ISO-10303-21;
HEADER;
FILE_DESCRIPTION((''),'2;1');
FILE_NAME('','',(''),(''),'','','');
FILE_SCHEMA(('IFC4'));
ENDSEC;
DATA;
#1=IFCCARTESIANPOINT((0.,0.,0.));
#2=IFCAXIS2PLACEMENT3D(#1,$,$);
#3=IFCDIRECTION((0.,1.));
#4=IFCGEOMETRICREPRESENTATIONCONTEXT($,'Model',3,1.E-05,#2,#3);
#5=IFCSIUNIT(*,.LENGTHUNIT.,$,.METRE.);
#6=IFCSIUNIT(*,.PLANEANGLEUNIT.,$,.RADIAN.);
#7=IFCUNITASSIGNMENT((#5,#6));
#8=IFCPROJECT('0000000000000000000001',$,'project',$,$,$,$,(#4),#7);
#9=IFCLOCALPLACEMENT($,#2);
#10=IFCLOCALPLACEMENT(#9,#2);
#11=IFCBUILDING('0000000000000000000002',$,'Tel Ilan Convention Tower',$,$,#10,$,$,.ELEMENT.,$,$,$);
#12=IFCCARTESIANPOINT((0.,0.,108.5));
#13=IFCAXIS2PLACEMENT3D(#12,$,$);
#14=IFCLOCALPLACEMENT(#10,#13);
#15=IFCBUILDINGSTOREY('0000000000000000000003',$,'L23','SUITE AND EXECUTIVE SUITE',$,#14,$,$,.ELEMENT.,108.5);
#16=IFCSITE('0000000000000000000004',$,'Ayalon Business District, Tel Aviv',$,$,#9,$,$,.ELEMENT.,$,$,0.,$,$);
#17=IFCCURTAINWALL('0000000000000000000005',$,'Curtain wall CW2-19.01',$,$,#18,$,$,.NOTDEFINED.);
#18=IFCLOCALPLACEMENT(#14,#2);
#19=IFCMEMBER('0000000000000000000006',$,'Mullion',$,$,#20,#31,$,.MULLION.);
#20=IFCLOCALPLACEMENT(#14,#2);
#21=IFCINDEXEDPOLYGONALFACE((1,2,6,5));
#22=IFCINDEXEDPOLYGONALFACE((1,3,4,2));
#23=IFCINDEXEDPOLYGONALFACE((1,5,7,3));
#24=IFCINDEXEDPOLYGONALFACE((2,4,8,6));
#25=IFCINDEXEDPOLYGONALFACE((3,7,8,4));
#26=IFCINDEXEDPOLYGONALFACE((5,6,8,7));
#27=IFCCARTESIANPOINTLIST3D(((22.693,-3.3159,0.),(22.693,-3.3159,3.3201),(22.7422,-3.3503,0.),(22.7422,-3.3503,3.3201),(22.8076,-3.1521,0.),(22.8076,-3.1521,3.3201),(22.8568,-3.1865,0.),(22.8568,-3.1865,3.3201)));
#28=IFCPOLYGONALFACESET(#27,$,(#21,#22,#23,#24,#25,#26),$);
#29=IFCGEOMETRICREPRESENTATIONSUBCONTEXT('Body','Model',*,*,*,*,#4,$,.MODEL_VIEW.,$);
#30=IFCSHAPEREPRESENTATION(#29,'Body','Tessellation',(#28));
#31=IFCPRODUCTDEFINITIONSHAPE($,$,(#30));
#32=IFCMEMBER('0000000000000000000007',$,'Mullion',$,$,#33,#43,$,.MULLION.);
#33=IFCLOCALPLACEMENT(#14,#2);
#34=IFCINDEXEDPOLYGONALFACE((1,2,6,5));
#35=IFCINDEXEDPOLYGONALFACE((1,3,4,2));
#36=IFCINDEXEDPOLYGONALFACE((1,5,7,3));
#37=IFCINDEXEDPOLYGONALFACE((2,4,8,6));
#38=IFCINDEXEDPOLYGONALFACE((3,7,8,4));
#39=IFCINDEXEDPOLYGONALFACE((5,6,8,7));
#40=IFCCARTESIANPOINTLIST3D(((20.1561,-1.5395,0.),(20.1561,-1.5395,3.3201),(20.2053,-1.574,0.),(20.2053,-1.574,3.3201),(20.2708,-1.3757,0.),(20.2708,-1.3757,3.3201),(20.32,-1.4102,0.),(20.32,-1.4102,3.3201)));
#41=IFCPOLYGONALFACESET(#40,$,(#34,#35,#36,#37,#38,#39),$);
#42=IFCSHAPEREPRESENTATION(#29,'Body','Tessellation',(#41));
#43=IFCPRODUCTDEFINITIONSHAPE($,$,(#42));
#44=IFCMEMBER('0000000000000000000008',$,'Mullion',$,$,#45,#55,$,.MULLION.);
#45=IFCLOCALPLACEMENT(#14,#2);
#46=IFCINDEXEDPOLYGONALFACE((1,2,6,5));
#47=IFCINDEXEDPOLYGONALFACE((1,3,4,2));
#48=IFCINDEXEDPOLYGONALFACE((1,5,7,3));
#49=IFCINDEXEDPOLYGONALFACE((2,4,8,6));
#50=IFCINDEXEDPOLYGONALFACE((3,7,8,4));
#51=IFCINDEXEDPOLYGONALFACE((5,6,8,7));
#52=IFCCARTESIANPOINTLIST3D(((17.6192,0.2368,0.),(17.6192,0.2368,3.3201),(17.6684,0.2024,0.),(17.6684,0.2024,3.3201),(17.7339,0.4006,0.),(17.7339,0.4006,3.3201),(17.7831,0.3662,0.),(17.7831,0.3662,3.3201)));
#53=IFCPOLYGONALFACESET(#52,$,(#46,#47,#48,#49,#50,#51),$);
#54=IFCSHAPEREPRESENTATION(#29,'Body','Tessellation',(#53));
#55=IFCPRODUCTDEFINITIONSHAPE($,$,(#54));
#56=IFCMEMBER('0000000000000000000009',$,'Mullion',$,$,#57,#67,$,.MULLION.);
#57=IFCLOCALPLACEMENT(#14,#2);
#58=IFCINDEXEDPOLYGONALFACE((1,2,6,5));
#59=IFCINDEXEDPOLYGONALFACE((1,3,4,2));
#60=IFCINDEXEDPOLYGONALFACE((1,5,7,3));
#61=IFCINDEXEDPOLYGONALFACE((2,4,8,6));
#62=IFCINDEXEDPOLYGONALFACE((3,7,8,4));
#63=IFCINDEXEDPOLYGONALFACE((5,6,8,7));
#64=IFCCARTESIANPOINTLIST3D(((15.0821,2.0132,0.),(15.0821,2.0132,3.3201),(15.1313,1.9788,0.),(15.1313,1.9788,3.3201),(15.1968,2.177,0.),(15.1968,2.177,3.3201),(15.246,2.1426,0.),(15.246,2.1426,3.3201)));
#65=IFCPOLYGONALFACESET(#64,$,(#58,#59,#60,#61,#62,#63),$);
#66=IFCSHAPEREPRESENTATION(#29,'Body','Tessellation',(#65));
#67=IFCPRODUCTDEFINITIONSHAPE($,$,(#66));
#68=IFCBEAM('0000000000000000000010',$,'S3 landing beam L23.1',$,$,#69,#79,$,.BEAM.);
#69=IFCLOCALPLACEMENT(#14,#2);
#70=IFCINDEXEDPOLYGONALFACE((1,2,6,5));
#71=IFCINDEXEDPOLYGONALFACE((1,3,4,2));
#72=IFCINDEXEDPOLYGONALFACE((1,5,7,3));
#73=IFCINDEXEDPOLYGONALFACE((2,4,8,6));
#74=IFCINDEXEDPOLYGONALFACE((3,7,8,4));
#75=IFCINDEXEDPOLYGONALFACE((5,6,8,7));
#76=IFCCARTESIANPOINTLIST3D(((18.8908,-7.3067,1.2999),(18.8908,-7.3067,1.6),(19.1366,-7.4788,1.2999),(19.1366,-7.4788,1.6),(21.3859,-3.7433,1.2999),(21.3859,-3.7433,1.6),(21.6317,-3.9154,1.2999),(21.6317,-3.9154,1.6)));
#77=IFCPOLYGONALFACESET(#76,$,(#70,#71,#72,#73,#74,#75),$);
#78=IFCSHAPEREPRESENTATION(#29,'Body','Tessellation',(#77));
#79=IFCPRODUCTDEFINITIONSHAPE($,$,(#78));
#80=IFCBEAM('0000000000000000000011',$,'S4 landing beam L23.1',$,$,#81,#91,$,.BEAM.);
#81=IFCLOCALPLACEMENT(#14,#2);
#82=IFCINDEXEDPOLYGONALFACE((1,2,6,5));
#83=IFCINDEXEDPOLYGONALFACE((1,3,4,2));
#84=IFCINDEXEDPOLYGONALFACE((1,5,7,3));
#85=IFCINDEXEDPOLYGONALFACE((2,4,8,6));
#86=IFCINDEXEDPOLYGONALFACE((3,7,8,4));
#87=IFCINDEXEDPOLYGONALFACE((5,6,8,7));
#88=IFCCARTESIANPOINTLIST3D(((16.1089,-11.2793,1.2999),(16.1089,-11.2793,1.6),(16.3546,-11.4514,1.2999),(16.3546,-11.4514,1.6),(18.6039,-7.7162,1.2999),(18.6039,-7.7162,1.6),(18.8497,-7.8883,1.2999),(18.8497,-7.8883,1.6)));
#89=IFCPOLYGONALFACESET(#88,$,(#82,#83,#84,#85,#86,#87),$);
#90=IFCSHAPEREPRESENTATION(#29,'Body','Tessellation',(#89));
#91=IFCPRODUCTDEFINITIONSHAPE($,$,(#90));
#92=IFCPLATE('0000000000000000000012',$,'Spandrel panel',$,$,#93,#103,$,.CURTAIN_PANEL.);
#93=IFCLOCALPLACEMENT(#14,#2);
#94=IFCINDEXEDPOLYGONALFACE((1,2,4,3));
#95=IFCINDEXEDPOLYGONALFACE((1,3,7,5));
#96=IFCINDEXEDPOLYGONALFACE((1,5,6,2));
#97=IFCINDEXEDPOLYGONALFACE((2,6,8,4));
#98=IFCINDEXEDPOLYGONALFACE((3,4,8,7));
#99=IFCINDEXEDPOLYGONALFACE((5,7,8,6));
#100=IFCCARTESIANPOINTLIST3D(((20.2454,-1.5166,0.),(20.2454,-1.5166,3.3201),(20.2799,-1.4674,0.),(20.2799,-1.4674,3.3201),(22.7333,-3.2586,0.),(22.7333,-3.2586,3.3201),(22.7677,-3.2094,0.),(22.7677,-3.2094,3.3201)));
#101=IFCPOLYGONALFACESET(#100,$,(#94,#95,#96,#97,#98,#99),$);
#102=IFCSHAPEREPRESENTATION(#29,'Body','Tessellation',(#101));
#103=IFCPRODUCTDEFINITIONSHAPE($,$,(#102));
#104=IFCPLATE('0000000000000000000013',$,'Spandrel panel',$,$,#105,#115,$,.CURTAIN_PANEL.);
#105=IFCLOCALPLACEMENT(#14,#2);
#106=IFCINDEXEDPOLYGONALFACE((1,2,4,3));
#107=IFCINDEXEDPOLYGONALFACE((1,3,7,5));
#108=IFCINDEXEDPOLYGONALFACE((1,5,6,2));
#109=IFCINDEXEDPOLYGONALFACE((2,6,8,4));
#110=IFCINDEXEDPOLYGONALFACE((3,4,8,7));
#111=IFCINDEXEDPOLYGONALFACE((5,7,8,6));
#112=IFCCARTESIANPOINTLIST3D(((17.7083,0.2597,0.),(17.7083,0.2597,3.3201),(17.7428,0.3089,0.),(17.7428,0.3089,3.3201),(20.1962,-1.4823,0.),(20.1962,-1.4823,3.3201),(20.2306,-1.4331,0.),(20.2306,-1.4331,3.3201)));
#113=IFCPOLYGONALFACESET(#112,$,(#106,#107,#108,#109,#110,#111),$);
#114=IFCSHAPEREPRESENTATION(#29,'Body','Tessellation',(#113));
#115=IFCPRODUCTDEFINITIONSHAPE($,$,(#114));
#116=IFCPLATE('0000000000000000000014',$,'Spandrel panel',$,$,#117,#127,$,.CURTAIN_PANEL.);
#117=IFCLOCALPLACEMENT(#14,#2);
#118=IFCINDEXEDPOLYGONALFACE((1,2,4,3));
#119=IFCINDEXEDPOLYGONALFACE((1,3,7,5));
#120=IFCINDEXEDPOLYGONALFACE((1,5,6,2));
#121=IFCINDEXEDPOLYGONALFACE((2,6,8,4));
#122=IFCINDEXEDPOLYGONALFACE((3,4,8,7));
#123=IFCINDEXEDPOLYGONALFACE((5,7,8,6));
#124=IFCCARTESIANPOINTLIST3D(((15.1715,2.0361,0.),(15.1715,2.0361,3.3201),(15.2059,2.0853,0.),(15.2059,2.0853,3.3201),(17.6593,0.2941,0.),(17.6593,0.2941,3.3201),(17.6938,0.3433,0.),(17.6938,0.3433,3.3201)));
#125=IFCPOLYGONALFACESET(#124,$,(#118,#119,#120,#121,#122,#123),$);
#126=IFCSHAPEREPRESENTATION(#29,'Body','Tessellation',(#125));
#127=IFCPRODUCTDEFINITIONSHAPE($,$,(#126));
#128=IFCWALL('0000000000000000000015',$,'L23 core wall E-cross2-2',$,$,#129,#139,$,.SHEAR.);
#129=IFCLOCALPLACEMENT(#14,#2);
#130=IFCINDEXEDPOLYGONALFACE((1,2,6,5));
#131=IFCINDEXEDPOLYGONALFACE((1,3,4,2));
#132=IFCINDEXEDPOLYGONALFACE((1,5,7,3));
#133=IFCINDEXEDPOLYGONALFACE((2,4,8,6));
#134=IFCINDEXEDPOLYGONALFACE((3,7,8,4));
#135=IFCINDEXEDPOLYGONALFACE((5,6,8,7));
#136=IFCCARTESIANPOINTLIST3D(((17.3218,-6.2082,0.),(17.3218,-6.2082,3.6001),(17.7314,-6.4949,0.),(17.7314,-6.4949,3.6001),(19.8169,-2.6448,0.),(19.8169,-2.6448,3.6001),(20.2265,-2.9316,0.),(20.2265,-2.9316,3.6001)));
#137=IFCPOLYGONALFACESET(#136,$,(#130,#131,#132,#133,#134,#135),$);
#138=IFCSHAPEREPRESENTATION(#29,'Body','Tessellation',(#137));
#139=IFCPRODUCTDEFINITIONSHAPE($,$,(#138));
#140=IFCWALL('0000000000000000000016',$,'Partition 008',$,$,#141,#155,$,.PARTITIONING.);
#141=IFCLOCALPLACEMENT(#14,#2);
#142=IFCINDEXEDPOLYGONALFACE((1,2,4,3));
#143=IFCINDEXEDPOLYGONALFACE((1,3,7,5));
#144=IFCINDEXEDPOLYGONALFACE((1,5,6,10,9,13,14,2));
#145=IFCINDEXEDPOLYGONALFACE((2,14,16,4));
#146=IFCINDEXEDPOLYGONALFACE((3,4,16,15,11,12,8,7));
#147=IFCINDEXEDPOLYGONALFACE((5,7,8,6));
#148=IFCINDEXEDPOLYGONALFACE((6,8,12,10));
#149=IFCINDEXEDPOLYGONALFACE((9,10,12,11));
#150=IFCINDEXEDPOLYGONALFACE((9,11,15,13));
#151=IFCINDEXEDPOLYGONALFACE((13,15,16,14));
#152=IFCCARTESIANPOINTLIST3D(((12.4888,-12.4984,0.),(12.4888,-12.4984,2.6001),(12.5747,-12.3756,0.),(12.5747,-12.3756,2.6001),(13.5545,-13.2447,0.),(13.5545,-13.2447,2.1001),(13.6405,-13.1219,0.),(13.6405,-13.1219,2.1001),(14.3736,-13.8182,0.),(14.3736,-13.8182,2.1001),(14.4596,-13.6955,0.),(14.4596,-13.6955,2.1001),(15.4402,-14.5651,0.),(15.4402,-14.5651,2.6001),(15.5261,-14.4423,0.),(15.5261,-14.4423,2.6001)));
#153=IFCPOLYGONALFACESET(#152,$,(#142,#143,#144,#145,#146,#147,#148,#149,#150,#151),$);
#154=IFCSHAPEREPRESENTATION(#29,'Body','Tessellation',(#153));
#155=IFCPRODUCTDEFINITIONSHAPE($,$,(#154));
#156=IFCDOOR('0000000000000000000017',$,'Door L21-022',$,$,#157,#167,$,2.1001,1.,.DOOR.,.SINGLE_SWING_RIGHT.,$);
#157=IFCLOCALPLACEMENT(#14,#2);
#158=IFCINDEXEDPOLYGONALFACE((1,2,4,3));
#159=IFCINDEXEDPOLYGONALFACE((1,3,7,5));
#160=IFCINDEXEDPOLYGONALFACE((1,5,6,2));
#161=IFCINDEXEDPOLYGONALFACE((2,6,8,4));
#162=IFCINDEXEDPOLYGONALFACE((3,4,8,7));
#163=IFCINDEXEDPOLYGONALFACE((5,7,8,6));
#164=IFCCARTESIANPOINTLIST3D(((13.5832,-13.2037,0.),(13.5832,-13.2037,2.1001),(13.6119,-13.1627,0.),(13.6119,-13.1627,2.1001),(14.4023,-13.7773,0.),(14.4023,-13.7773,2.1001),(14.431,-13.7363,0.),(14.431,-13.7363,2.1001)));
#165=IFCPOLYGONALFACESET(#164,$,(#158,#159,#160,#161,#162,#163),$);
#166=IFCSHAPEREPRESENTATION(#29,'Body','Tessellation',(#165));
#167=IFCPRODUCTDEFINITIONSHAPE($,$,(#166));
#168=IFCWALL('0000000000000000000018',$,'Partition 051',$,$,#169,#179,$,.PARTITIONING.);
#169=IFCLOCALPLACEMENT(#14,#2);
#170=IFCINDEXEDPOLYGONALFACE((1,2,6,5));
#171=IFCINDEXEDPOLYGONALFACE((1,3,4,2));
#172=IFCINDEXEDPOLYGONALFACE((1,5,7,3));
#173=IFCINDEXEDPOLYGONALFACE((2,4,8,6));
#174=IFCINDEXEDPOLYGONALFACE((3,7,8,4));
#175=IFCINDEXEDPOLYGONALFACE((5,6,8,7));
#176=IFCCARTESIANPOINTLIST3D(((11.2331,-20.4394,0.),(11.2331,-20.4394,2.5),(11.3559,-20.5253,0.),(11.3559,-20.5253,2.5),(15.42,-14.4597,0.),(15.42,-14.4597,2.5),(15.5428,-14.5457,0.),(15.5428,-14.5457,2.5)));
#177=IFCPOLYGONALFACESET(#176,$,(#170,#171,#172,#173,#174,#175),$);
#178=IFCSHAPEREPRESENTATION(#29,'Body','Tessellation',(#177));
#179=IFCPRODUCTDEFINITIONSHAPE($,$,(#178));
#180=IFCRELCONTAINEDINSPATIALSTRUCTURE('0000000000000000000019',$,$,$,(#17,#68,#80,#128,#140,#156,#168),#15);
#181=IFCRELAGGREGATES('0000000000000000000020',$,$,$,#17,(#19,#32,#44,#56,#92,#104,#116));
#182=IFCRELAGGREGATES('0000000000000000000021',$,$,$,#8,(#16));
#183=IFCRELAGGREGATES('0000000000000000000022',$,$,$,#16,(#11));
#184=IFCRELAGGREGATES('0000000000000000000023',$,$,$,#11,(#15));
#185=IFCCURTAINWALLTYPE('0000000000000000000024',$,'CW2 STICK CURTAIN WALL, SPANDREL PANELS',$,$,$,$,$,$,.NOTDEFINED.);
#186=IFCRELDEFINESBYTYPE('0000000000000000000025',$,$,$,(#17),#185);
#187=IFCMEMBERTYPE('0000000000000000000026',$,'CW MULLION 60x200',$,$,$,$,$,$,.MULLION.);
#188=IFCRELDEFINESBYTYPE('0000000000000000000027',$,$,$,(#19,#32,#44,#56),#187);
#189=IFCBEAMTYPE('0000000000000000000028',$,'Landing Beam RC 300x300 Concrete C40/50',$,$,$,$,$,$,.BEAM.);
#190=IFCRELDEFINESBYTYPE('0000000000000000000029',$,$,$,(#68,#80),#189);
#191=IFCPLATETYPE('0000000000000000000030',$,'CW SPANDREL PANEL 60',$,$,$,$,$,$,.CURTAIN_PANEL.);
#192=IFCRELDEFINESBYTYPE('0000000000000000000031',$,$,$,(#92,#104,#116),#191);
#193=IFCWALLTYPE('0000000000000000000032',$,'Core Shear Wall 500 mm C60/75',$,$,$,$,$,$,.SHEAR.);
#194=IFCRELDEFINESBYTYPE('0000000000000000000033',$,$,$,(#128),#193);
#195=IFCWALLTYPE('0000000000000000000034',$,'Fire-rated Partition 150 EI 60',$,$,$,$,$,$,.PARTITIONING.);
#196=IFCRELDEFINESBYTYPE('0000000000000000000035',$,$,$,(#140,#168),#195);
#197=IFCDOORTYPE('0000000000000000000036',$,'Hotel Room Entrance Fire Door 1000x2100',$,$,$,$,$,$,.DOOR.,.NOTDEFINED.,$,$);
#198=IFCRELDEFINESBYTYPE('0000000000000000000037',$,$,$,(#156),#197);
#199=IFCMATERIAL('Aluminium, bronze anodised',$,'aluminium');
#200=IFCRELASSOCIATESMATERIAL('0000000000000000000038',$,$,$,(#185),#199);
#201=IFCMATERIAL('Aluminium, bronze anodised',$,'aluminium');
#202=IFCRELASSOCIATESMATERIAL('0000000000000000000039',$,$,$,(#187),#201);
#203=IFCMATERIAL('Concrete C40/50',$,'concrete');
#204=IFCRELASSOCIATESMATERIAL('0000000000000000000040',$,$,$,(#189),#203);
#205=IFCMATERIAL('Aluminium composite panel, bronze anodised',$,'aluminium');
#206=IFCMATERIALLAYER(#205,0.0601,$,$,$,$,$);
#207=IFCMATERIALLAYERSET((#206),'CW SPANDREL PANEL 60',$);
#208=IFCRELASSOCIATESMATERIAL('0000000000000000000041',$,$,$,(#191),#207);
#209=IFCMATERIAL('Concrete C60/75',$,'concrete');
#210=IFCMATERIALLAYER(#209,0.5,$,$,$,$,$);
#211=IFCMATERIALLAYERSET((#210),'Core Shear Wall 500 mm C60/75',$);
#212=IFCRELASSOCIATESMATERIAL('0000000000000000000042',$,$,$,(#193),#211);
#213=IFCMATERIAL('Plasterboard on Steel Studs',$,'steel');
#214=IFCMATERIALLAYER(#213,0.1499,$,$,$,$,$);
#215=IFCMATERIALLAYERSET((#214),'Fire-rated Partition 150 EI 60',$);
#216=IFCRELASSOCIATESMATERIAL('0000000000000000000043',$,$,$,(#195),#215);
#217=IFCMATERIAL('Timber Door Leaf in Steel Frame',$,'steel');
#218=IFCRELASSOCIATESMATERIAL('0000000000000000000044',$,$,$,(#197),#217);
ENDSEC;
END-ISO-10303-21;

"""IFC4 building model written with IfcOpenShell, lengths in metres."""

from ifc_helpers import new_model, si_unit, direction, frame, frame_2d, origin, origin_2d, place, context, subcontext, project, spatial, polyline, rectangle, outline, extrude, material, layer, layer_set, material_profile, profile_set, type_object, element, fill, aggregate, save


model = new_model("IFC4")

# Units and contexts
model_context = context("Model", 3, precision=1e-05, world=origin(), true_north=direction((0.0, 1.0)))
body_context = subcontext(model_context, "Body", "Model", "MODEL_VIEW")
ifc_project = project(units=[si_unit("LENGTHUNIT", "METRE"), si_unit("PLANEANGLEUNIT", "RADIAN")], contexts=[model_context])

# Site, building, storey
site_placement = place(None, origin())
site = spatial("IfcSite", under=ifc_project, at=site_placement, Name="Ayalon Business District, Tel Aviv", CompositionType="ELEMENT", RefElevation=0.0)
building_placement = place(site_placement, origin())
building = spatial("IfcBuilding", under=site, at=building_placement, Name="Tel Ilan Convention Tower", CompositionType="ELEMENT")
storey_placement = place(building_placement, frame((0.0, 0.0, 108.5)))
storey = spatial("IfcBuildingStorey", under=building, at=storey_placement, Name="L23", Description="SUITE AND EXECUTIVE SUITE", CompositionType="ELEMENT", Elevation=108.5)

# Curtain wall, members
ifc_material_1 = material(Name="Aluminium, bronze anodised", Category="aluminium")
curtain_wall_type = type_object("IfcCurtainWallType", Name="CW2 STICK CURTAIN WALL, SPANDREL PANELS", PredefinedType="NOTDEFINED", material=ifc_material_1)
curtain_wall_placement = place(storey_placement, origin())
curtain_wall = element("IfcCurtainWall", 1, at=curtain_wall_placement, inside=storey, type_object=curtain_wall_type, Name="Curtain wall CW2-19.01", PredefinedType="NOTDEFINED")
ifc_material_2 = material(Name="Aluminium, bronze anodised", Category="aluminium")
ifc_material_profile_1 = material_profile(ifc_material_2, rectangle(XDim=0.0601, YDim=0.2, at=origin_2d()), Name="CW MULLION 60x200")
ifc_profile_set_1 = profile_set([ifc_material_profile_1], Name="Aluminium, bronze anodised")
member_type = type_object("IfcMemberType", Name="CW MULLION 60x200", PredefinedType="MULLION", material=ifc_profile_set_1)
member_1_placement = place(storey_placement, frame((22.7749, -3.2512, 0.0), z_axis=(0.0, 0.0, 1.0), x_axis=(-0.819152, 0.573576, 0.0)))
member_1 = element("IfcMember", 2, at=member_1_placement, type_object=member_type, Name="Mullion", PredefinedType="MULLION", context=body_context, shape_type="SweptSolid", body=[
    extrude(rectangle(XDim=0.0601, YDim=0.2, at=origin_2d()), origin(), (0.0, 0.0, 1.0), 3.3201),
])
member_2_placement = place(storey_placement, frame((20.238, -1.4749, 0.0), z_axis=(0.0, 0.0, 1.0), x_axis=(-0.819152, 0.573576, 0.0)))
member_2 = element("IfcMember", 3, at=member_2_placement, type_object=member_type, Name="Mullion", PredefinedType="MULLION", context=body_context, shape_type="SweptSolid", body=[
    extrude(rectangle(XDim=0.0601, YDim=0.2, at=origin_2d()), origin(), (0.0, 0.0, 1.0), 3.3201),
])
member_3_placement = place(storey_placement, frame((17.7012, 0.3015, 0.0), z_axis=(0.0, 0.0, 1.0), x_axis=(-0.819152, 0.573576, 0.0)))
member_3 = element("IfcMember", 4, at=member_3_placement, type_object=member_type, Name="Mullion", PredefinedType="MULLION", context=body_context, shape_type="SweptSolid", body=[
    extrude(rectangle(XDim=0.0601, YDim=0.2, at=origin_2d()), origin(), (0.0, 0.0, 1.0), 3.3201),
])
member_4_placement = place(storey_placement, frame((15.1641, 2.0779, 0.0), z_axis=(0.0, 0.0, 1.0), x_axis=(-0.819152, 0.573576, 0.0)))
member_4 = element("IfcMember", 5, at=member_4_placement, type_object=member_type, Name="Mullion", PredefinedType="MULLION", context=body_context, shape_type="SweptSolid", body=[
    extrude(rectangle(XDim=0.0601, YDim=0.2, at=origin_2d()), origin(), (0.0, 0.0, 1.0), 3.3201),
])

# Beams
ifc_material_3 = material(Name="Concrete C40/50", Category="concrete")
ifc_material_profile_2 = material_profile(ifc_material_3, rectangle(XDim=0.3, YDim=0.3, at=origin_2d()), Name="RC 300x300")
ifc_profile_set_2 = profile_set([ifc_material_profile_2], Name="Concrete C40/50")
beam_type = type_object("IfcBeamType", Name="Landing Beam RC 300x300 Concrete C40/50", PredefinedType="BEAM", material=ifc_profile_set_2)
beam_1_placement = place(storey_placement, frame((21.5088, -3.8293, 1.45), z_axis=(-0.573568, -0.819158, 0.0), x_axis=(0.819158, -0.573568, 0.0)))
element("IfcBeam", 6, at=beam_1_placement, inside=storey, type_object=beam_type, Name="S3 landing beam L23.1", PredefinedType="BEAM", context=body_context, shape_type="SweptSolid", body=[
    extrude(rectangle(XDim=0.3, YDim=0.3, at=origin_2d()), origin(), (0.0, 0.0, 1.0), 4.3501),
])
beam_2_placement = place(storey_placement, frame((18.7268, -7.8022, 1.45), z_axis=(-0.573594, -0.81914, 0.0), x_axis=(0.81914, -0.573594, 0.0)))
element("IfcBeam", 7, at=beam_2_placement, inside=storey, type_object=beam_type, Name="S4 landing beam L23.1", PredefinedType="BEAM", context=body_context, shape_type="SweptSolid", body=[
    extrude(rectangle(XDim=0.3, YDim=0.3, at=origin_2d()), origin(), (0.0, 0.0, 1.0), 4.3499),
])

# Plates
ifc_material_4 = material(Name="Aluminium composite panel, bronze anodised", Category="aluminium")
ifc_layer_1 = layer(ifc_material_4, 0.0601)
ifc_layer_set_1 = layer_set([ifc_layer_1], Name="CW SPANDREL PANEL 60")
plate_type = type_object("IfcPlateType", Name="CW SPANDREL PANEL 60", PredefinedType="CURTAIN_PANEL", material=ifc_layer_set_1)
plate_1_placement = place(storey_placement, frame((21.5066, -2.363, 0.0), z_axis=(0.0, 0.0, 1.0), x_axis=(-0.819152, 0.573576, 0.0)))
plate_1 = element("IfcPlate", 8, at=plate_1_placement, type_object=plate_type, Name="Spandrel panel", PredefinedType="CURTAIN_PANEL", context=body_context, shape_type="SweptSolid", body=[
    extrude(rectangle(XDim=3.0371, YDim=0.0601, at=origin_2d()), origin(), (0.0, 0.0, 1.0), 3.3201),
])
plate_2_placement = place(storey_placement, frame((18.9695, -0.5867, 0.0), z_axis=(0.0, 0.0, 1.0), x_axis=(-0.819152, 0.573576, 0.0)))
plate_2 = element("IfcPlate", 9, at=plate_2_placement, type_object=plate_type, Name="Spandrel panel", PredefinedType="CURTAIN_PANEL", context=body_context, shape_type="SweptSolid", body=[
    extrude(rectangle(XDim=3.0371, YDim=0.0601, at=origin_2d()), origin(), (0.0, 0.0, 1.0), 3.3201),
])
plate_3_placement = place(storey_placement, frame((16.4326, 1.1897, 0.0), z_axis=(0.0, 0.0, 1.0), x_axis=(-0.819152, 0.573576, 0.0)))
plate_3 = element("IfcPlate", 10, at=plate_3_placement, type_object=plate_type, Name="Spandrel panel", PredefinedType="CURTAIN_PANEL", context=body_context, shape_type="SweptSolid", body=[
    extrude(rectangle(XDim=3.0371, YDim=0.0601, at=origin_2d()), origin(), (0.0, 0.0, 1.0), 3.3201),
])
aggregate(curtain_wall, [member_1, member_2, member_3, member_4, plate_1, plate_2, plate_3])

# Wall
ifc_material_5 = material(Name="Concrete C60/75", Category="concrete")
ifc_layer_2 = layer(ifc_material_5, 0.5)
ifc_layer_set_2 = layer_set([ifc_layer_2], Name="Core Shear Wall 500 mm C60/75")
wall_type_1 = type_object("IfcWallType", Name="Core Shear Wall 500 mm C60/75", PredefinedType="SHEAR", material=ifc_layer_set_2)
wall_1_placement = place(storey_placement, frame((17.5266, -6.3516, 0.0), z_axis=(0.0, 0.0, 1.0), x_axis=(0.57353, 0.819184, 0.0)))
element("IfcWall", 11, at=wall_1_placement, inside=storey, type_object=wall_type_1, Name="L23 core wall E-cross2-2", PredefinedType="SHEAR", context=body_context, shape_type="SweptSolid", body=[
    extrude(outline(polyline([(4.3501, -0.2502), (4.3501, 0.2498), (0.0, 0.25), (0.0, -0.25), (4.3501, -0.2502)])), origin(), (0.0, 0.0, 1.0), 3.6001),
])

# Wall, opening, door
ifc_material_6 = material(Name="Plasterboard on Steel Studs", Category="steel")
ifc_layer_3 = layer(ifc_material_6, 0.1499)
ifc_layer_set_3 = layer_set([ifc_layer_3], Name="Fire-rated Partition 150 EI 60")
wall_type_2 = type_object("IfcWallType", Name="Fire-rated Partition 150 EI 60", PredefinedType="PARTITIONING", material=ifc_layer_set_3)
wall_2_placement = place(storey_placement, frame((15.4832, -14.5037, 0.0), z_axis=(0.0, 0.0, 1.0), x_axis=(-0.819146, 0.573585, 0.0)))
wall_2 = element("IfcWall", 12, at=wall_2_placement, inside=storey, type_object=wall_type_2, Name="Partition 008", PredefinedType="PARTITIONING", context=body_context, shape_type="SweptSolid", body=[
    extrude(rectangle(XDim=3.603, YDim=0.1499, at=frame_2d((1.8015, 0.0))), origin(), (0.0, 0.0, 1.0), 2.6001),
])
opening_placement = place(wall_2_placement, frame((1.302, 0.0, 0.0)))
opening = element("IfcOpeningElement", 13, at=opening_placement, cuts=wall_2, PredefinedType="OPENING", context=body_context, shape_type="SweptSolid", body=[
    extrude(rectangle(XDim=1.0, YDim=2.1001, at=frame_2d((0.5, 1.05))), frame((0.0, 0.085, 0.0), z_axis=(0.0, -1.0, 0.0), x_axis=(1.0, 0.0, 0.0)), (0.0, 0.0, 1.0), 0.1699),
])
ifc_material_7 = material(Name="Timber Door Leaf in Steel Frame", Category="steel")
door_type = type_object("IfcDoorType", Name="Hotel Room Entrance Fire Door 1000x2100", OperationType="NOTDEFINED", PredefinedType="DOOR", material=ifc_material_7)
door_placement = place(opening_placement, origin())
door = element("IfcDoor", 14, at=door_placement, inside=storey, type_object=door_type, Name="Door L21-022", OperationType="SINGLE_SWING_RIGHT", OverallHeight=2.1001, OverallWidth=1.0, PredefinedType="DOOR", context=body_context, shape_type="SweptSolid", body=[
    extrude(rectangle(XDim=1.0, YDim=2.1001, at=frame_2d((0.5, 1.05))), frame((0.0, 0.0249, 0.0), z_axis=(0.0, -1.0, 0.0), x_axis=(1.0, 0.0, 0.0)), (0.0, 0.0, 1.0), 0.05),
])
fill(opening, door)

# Wall
wall_3_placement = place(storey_placement, frame((15.4814, -14.5027, 0.0), z_axis=(0.0, 0.0, 1.0), x_axis=(-0.573572, -0.819155, 0.0)))
element("IfcWall", 15, at=wall_3_placement, inside=storey, type_object=wall_type_2, Name="Partition 051", PredefinedType="PARTITIONING", context=body_context, shape_type="SweptSolid", body=[
    extrude(rectangle(XDim=7.2998, YDim=0.1499, at=frame_2d((3.6499, 0.0))), origin(), (0.0, 0.0, 1.0), 2.5),
])

save(model, "model.ifc")
